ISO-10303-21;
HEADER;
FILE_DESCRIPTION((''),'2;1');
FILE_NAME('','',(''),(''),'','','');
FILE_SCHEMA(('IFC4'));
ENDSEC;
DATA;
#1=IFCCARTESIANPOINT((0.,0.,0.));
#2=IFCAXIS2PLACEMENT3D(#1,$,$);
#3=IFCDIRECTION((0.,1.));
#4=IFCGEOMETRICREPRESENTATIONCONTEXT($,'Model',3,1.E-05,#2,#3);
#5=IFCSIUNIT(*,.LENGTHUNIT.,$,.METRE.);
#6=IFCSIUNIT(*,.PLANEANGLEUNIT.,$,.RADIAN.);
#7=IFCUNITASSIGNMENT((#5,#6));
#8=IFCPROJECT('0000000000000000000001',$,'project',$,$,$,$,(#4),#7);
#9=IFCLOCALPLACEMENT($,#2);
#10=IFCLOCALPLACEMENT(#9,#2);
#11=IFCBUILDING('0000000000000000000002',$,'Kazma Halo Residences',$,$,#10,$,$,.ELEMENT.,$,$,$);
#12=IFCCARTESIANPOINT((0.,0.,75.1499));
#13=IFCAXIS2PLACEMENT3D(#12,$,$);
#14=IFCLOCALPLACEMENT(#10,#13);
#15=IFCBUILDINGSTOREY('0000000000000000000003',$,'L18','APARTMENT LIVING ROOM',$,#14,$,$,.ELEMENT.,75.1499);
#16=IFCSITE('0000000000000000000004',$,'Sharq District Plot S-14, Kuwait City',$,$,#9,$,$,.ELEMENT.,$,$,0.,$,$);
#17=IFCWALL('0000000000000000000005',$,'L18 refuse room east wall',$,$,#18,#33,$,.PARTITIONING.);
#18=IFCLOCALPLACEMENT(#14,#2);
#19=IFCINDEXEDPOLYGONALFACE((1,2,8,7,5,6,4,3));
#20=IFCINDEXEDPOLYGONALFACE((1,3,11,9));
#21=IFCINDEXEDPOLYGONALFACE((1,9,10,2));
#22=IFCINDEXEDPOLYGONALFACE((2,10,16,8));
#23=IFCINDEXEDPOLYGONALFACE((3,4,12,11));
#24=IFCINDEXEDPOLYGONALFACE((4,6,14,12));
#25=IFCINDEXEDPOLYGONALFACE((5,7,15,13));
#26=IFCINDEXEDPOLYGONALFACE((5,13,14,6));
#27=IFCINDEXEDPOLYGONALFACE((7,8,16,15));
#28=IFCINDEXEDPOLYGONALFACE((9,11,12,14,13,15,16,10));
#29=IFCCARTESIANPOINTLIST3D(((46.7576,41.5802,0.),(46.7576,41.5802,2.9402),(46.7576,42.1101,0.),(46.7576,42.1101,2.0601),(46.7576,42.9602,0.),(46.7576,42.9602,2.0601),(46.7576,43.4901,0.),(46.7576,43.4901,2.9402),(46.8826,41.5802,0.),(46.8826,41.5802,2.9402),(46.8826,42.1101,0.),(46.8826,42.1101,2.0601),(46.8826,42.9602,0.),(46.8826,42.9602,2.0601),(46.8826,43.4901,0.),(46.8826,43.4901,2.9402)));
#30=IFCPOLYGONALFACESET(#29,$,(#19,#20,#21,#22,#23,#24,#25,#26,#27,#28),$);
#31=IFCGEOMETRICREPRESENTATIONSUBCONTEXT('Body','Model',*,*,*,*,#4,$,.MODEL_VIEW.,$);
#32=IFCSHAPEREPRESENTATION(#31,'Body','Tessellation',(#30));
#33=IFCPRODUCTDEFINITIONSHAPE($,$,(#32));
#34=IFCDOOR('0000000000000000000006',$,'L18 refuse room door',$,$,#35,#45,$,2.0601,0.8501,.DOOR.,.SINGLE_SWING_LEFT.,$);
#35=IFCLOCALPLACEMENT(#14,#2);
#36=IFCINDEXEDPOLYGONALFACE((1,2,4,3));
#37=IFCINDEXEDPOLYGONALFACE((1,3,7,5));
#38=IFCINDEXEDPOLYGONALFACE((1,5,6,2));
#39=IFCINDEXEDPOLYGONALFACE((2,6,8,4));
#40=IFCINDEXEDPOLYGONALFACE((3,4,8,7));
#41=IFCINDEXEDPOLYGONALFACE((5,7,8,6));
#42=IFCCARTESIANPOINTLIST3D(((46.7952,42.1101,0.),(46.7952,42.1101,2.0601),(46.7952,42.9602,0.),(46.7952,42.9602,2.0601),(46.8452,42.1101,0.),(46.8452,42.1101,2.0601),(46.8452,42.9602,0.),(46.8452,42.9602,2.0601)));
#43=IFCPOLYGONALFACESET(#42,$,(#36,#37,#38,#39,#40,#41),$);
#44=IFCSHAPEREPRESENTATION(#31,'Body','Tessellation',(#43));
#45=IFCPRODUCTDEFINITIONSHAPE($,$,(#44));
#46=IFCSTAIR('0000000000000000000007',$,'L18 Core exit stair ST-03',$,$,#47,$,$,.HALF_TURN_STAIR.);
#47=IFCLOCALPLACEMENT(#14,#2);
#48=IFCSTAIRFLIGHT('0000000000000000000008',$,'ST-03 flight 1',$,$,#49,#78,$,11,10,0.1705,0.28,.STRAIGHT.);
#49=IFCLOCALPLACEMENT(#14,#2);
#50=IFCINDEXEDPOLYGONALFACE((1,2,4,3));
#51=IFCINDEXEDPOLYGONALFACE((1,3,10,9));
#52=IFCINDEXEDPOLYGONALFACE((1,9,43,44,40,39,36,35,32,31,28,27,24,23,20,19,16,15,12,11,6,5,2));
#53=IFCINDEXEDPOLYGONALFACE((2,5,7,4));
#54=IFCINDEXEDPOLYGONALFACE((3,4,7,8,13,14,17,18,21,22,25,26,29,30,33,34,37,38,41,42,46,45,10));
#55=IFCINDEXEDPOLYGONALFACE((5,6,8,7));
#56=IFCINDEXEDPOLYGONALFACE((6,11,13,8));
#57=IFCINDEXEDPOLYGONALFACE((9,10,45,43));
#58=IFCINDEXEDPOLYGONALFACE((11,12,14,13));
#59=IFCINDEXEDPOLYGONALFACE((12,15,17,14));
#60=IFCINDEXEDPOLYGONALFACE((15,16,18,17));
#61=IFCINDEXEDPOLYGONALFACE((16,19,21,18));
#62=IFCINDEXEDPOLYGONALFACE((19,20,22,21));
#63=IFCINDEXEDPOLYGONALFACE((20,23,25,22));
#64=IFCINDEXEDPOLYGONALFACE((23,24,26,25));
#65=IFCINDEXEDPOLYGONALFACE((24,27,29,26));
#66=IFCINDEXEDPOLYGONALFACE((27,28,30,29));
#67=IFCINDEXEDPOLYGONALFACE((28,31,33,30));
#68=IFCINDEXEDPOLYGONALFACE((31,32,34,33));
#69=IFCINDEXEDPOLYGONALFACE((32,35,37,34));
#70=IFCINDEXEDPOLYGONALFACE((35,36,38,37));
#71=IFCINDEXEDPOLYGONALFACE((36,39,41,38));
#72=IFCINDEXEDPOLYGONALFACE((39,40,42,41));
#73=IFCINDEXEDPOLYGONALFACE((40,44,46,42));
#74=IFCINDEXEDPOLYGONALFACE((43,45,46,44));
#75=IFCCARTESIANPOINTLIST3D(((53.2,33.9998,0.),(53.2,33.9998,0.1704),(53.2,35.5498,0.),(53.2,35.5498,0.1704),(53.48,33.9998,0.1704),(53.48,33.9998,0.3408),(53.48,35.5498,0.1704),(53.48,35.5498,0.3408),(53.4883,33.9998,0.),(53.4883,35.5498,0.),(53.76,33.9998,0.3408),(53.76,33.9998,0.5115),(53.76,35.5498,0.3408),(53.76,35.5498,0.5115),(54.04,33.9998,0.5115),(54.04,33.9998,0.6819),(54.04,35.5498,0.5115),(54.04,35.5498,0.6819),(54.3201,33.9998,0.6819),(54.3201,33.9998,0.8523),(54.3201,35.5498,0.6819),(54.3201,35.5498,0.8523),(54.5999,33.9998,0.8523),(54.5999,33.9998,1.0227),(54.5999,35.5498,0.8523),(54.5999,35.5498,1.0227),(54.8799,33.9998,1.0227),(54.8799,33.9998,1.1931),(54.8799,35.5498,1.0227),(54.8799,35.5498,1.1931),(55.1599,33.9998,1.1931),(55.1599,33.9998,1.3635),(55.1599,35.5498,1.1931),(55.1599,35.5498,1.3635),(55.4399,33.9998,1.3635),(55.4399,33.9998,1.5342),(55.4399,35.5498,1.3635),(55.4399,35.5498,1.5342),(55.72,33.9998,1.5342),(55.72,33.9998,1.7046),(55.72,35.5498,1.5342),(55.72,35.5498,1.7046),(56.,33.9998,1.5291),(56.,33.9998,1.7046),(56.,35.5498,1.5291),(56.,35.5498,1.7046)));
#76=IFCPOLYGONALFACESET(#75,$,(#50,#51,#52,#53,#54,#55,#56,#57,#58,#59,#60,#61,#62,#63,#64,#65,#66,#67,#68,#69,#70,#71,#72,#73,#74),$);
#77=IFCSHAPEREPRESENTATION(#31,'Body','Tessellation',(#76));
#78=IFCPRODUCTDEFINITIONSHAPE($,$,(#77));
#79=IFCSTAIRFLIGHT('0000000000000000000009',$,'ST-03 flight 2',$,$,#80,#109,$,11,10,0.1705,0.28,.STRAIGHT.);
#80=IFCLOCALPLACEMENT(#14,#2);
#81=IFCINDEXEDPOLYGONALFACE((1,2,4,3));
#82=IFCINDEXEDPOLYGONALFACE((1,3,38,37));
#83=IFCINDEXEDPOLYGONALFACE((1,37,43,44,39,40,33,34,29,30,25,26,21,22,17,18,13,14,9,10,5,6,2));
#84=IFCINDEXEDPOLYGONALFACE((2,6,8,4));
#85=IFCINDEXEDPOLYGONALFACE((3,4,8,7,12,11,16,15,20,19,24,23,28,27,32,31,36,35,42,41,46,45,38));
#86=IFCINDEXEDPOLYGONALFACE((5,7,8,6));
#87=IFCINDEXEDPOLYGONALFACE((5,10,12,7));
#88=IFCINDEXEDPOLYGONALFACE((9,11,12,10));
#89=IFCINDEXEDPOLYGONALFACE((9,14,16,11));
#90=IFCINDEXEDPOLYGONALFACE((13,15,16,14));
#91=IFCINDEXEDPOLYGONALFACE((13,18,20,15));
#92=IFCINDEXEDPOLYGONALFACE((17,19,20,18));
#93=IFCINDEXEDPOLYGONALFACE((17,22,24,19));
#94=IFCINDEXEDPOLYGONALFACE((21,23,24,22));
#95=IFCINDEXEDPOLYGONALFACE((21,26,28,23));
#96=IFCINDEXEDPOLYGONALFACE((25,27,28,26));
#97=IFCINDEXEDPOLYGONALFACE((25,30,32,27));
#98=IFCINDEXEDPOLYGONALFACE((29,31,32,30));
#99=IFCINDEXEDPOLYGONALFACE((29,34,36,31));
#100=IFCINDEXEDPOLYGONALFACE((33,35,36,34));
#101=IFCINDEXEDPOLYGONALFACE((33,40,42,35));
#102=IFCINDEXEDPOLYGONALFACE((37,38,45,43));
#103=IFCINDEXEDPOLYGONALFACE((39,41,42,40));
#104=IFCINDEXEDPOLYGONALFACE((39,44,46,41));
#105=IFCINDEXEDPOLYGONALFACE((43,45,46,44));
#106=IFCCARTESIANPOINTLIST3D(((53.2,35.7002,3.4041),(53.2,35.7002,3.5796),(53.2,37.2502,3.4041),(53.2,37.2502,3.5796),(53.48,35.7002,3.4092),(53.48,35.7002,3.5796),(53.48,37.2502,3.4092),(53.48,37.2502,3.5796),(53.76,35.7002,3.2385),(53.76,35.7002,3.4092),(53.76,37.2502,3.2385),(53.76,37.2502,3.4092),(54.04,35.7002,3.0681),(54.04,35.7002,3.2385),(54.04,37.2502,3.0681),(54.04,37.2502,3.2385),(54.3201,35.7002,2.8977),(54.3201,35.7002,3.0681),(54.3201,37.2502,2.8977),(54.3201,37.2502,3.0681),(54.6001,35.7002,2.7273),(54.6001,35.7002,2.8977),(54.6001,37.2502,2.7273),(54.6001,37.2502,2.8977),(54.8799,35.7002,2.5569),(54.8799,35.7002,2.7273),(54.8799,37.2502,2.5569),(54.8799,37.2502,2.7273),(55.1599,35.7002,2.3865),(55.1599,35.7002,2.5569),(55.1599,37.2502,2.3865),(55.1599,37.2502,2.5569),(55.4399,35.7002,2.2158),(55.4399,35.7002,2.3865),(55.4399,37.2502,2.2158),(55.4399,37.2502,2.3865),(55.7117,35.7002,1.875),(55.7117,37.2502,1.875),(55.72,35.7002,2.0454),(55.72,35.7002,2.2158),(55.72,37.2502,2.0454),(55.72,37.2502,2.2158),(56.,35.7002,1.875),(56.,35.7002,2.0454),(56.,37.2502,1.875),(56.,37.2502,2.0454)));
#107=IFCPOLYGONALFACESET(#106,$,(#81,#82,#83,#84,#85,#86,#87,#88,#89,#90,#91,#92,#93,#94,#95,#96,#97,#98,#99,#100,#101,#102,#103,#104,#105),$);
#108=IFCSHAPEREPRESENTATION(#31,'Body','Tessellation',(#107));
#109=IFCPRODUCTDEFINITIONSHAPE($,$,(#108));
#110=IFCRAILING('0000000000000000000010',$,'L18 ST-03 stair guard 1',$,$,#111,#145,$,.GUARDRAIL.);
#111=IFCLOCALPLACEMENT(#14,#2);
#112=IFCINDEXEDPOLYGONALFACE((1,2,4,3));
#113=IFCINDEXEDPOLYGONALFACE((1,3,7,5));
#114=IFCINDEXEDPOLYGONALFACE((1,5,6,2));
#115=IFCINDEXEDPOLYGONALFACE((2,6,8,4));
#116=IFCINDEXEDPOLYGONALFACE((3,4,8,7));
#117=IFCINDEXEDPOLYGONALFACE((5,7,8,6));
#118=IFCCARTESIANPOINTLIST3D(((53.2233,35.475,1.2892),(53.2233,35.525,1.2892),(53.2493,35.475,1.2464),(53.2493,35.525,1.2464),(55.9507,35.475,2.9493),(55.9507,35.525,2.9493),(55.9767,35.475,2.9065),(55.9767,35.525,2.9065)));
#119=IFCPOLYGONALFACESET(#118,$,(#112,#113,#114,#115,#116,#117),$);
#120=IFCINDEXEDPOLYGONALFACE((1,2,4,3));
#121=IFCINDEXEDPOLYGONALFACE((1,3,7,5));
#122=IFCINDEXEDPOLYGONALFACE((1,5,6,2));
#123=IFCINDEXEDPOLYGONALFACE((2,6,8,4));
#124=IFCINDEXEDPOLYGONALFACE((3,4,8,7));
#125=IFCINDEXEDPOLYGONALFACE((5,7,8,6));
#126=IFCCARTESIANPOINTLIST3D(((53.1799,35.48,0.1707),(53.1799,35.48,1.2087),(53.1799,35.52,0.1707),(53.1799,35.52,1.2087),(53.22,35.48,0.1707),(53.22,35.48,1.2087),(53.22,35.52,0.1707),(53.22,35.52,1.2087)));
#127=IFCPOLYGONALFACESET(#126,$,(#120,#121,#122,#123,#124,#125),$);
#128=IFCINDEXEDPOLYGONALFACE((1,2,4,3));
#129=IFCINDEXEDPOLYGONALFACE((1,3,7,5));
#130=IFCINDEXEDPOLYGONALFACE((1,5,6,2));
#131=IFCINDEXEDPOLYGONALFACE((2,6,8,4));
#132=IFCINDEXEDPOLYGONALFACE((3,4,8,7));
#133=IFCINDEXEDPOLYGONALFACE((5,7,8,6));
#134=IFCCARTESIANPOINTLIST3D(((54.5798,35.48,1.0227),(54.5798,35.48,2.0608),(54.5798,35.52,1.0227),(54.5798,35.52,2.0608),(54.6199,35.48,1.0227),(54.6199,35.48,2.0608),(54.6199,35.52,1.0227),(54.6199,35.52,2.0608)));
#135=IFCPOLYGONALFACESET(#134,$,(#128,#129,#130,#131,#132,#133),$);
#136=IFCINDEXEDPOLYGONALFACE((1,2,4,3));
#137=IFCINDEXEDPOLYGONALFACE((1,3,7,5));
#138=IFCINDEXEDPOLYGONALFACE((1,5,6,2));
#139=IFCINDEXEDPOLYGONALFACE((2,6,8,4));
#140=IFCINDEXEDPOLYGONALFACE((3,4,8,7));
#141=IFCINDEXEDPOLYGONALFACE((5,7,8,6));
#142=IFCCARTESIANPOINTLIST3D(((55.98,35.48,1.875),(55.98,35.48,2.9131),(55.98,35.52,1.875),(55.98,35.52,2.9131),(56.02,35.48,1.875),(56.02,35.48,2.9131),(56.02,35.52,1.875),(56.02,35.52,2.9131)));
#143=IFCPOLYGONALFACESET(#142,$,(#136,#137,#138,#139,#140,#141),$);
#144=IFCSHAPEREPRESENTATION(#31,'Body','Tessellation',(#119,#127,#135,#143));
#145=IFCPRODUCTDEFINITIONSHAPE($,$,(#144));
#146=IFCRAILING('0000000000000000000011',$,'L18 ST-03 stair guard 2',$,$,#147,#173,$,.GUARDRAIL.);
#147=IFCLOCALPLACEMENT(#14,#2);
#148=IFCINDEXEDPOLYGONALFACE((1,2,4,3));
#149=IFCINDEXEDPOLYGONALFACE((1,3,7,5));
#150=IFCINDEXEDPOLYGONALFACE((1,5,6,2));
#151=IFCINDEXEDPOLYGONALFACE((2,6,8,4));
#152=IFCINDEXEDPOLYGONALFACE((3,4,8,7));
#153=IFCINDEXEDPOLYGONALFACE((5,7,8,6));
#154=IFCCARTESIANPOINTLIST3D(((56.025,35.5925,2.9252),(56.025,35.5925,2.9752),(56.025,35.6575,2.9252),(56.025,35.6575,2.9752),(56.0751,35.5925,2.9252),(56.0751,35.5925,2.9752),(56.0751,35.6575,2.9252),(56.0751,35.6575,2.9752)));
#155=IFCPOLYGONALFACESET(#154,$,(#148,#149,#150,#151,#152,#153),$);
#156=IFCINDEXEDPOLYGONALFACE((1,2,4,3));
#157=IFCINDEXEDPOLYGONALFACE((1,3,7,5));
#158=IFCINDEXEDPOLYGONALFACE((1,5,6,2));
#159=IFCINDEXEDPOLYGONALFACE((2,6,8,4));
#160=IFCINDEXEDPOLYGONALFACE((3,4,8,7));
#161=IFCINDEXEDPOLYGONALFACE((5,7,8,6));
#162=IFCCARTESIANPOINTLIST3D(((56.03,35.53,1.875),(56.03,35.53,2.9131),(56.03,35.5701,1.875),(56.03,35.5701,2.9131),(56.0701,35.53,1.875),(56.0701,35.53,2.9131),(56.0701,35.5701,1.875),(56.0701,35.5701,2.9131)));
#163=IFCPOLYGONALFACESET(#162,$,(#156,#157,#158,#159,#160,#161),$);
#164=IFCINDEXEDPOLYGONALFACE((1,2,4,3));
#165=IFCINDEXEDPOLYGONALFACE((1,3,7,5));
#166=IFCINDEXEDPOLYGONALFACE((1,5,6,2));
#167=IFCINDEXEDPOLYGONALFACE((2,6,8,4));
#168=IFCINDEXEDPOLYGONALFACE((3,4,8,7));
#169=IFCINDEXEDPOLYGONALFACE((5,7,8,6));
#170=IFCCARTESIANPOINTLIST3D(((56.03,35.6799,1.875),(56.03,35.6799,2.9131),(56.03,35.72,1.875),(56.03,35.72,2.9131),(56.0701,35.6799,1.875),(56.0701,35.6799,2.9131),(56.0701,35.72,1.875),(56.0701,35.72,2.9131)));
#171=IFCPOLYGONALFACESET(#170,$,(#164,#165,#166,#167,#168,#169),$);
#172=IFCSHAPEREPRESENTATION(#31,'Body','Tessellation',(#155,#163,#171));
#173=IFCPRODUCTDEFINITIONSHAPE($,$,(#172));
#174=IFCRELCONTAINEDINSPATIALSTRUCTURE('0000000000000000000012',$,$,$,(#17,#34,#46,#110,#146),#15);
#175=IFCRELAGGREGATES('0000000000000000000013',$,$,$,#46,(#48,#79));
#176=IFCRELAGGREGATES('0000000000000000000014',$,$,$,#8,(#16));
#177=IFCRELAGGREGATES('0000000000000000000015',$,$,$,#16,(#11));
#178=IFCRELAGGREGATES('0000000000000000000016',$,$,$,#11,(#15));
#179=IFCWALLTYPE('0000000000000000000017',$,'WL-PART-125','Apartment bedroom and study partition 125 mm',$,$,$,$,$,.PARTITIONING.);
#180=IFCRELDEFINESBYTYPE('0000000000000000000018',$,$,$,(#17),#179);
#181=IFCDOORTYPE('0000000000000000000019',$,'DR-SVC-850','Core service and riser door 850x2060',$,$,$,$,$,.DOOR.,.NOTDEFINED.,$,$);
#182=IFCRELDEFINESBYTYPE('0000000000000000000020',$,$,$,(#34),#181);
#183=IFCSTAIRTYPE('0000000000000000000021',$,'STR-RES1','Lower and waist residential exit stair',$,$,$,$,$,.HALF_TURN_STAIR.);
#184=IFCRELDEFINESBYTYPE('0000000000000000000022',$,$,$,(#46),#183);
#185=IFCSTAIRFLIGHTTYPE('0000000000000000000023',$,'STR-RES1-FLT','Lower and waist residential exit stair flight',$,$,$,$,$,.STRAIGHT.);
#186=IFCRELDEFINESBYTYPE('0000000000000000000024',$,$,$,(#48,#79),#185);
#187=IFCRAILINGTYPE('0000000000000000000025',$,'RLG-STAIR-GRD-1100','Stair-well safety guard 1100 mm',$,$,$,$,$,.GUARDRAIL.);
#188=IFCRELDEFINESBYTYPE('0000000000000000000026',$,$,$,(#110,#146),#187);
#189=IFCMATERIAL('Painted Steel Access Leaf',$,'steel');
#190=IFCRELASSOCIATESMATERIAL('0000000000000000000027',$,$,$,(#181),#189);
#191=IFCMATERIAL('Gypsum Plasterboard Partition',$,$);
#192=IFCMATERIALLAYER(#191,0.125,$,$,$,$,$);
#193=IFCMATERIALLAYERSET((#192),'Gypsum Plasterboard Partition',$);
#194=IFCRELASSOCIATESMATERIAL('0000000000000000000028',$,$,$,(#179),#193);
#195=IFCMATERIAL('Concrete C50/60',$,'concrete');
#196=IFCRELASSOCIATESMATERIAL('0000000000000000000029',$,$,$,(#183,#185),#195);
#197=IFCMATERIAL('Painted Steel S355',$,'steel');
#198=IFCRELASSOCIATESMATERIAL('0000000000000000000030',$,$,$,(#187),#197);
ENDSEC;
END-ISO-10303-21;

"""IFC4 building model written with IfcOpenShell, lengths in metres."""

from ifc_helpers import new_model, si_unit, direction, frame, frame_2d, origin, origin_2d, place, context, subcontext, project, spatial, polyline, rectangle, outline, extrude, material, layer, layer_set, type_object, element, fill, aggregate, save


model = new_model("IFC4")

# Units and contexts
model_context = context("Model", 3, precision=1e-05, world=origin(), true_north=direction((0.0, 1.0)))
body_context = subcontext(model_context, "Body", "Model", "MODEL_VIEW")
ifc_project = project(units=[si_unit("LENGTHUNIT", "METRE"), si_unit("PLANEANGLEUNIT", "RADIAN")], contexts=[model_context])

# Site, building, storey
site_placement = place(None, origin())
site = spatial("IfcSite", under=ifc_project, at=site_placement, Name="Sharq District Plot S-14, Kuwait City", CompositionType="ELEMENT", RefElevation=0.0)
building_placement = place(site_placement, origin())
building = spatial("IfcBuilding", under=site, at=building_placement, Name="Kazma Halo Residences", CompositionType="ELEMENT")
storey_placement = place(building_placement, frame((0.0, 0.0, 75.1499)))
storey = spatial("IfcBuildingStorey", under=building, at=storey_placement, Name="L18", Description="APARTMENT LIVING ROOM", CompositionType="ELEMENT", Elevation=75.1499)

# Shared definitions
ifc_material_1 = material(Name="Painted Steel Access Leaf", Category="steel")
door_type_1 = type_object("IfcDoorType", Name="DR-SVC-850", Description="Core service and riser door 850x2060", OperationType="NOTDEFINED", PredefinedType="DOOR", material=ifc_material_1)

# Shared definitions
ifc_material_2 = material(Name="Gypsum Plasterboard Partition")
ifc_layer_1 = layer(ifc_material_2, 0.125)
ifc_layer_set_1 = layer_set([ifc_layer_1], Name="Gypsum Plasterboard Partition")
wall_type_1 = type_object("IfcWallType", Name="WL-PART-125", Description="Apartment bedroom and study partition 125 mm", PredefinedType="PARTITIONING", material=ifc_layer_set_1)

# Wall, opening, door
wall_1_placement = place(storey_placement, frame((46.8201, 41.5801, 0.0), z_axis=(0.0, 0.0, 1.0), x_axis=(0.0, 1.0, 0.0)))
wall_1 = element("IfcWall", 1, at=wall_1_placement, inside=storey, type_object=wall_type_1, Name="L18 refuse room east wall", PredefinedType="PARTITIONING", context=body_context, shape_type="SweptSolid", body=[
    extrude(rectangle(XDim=1.9099, YDim=0.125, at=frame_2d((0.9551, 0.0))), origin(), (0.0, 0.0, 1.0), 2.9402),
])
opening_1_placement = place(wall_1_placement, frame((0.53, 0.0, 0.0)))
opening_1 = element("IfcOpeningElement", 2, at=opening_1_placement, cuts=wall_1, PredefinedType="OPENING", context=body_context, shape_type="SweptSolid", body=[
    extrude(rectangle(XDim=0.8501, YDim=2.0601, at=frame_2d((0.425, 1.03))), frame((0.0, 0.0725, 0.0), z_axis=(0.0, -1.0, 0.0), x_axis=(1.0, 0.0, 0.0)), (0.0, 0.0, 1.0), 0.145),
])
door_1_placement = place(opening_1_placement, origin())
door_1 = element("IfcDoor", 3, at=door_1_placement, inside=storey, type_object=door_type_1, Name="L18 refuse room door", OperationType="SINGLE_SWING_LEFT", OverallHeight=2.0601, OverallWidth=0.8501, PredefinedType="DOOR", context=body_context, shape_type="SweptSolid", body=[
    extrude(rectangle(XDim=0.8501, YDim=2.0601, at=frame_2d((0.425, 1.03))), frame((0.0, 0.0249, 0.0), z_axis=(0.0, -1.0, 0.0), x_axis=(1.0, 0.0, 0.0)), (0.0, 0.0, 1.0), 0.05),
])
fill(opening_1, door_1)
ifc_material_3 = material(Name="Concrete C50/60", Category="concrete")

# Stair, stair flights
stair_type = type_object("IfcStairType", Name="STR-RES1", Description="Lower and waist residential exit stair", PredefinedType="HALF_TURN_STAIR", material=ifc_material_3)
stair_placement = place(storey_placement, origin())
stair = element("IfcStair", 4, at=stair_placement, inside=storey, type_object=stair_type, Name="L18 Core exit stair ST-03", PredefinedType="HALF_TURN_STAIR")
stair_flight_type = type_object("IfcStairFlightType", Name="STR-RES1-FLT", Description="Lower and waist residential exit stair flight", PredefinedType="STRAIGHT", material=ifc_material_3)
stair_flight_1_placement = place(storey_placement, frame((53.2, 34.7749, 0.0), z_axis=(0.0, 0.0, 1.0), x_axis=(1.0, 0.0, 0.0)))
stair_flight_1 = element("IfcStairFlight", 5, at=stair_flight_1_placement, type_object=stair_flight_type, Name="ST-03 flight 1", NumberOfRisers=11, NumberOfTreads=10, PredefinedType="STRAIGHT", RiserHeight=0.1705, TreadLength=0.28, context=body_context, shape_type="SweptSolid", body=[
    extrude(outline(polyline([(0.0, 0.0), (0.0, 0.1704), (0.28, 0.1704), (0.28, 0.3408), (0.5601, 0.3408), (0.5601, 0.5115), (0.8401, 0.5115), (0.8401, 0.6819), (1.1201, 0.6819), (1.1201, 0.8523), (1.3999, 0.8523), (1.3999, 1.0227), (1.6799, 1.0227), (1.6799, 1.1931), (1.96, 1.1931), (1.96, 1.3635), (2.24, 1.3635), (2.24, 1.5342), (2.52, 1.5342), (2.52, 1.7046), (2.8, 1.7046), (2.8, 1.875), (2.8, 1.5291), (0.2883, 0.0), (0.0, 0.0)])), frame((0.0, 0.7749, 0.0), z_axis=(0.0, -1.0, 0.0), x_axis=(1.0, 0.0, 0.0)), (0.0, 0.0, 1.0), 1.55),
])
stair_flight_2_placement = place(storey_placement, frame((56.0, 36.4751, 1.875), z_axis=(0.0, 0.0, 1.0), x_axis=(-1.0, 0.0, 0.0)))
stair_flight_2 = element("IfcStairFlight", 6, at=stair_flight_2_placement, type_object=stair_flight_type, Name="ST-03 flight 2", NumberOfRisers=11, NumberOfTreads=10, PredefinedType="STRAIGHT", RiserHeight=0.1705, TreadLength=0.28, context=body_context, shape_type="SweptSolid", body=[
    extrude(outline(polyline([(0.0, 0.0), (0.0, 0.1704), (0.28, 0.1704), (0.28, 0.3408), (0.5601, 0.3408), (0.5601, 0.5115), (0.8401, 0.5115), (0.8401, 0.6819), (1.1201, 0.6819), (1.1201, 0.8523), (1.3999, 0.8523), (1.3999, 1.0227), (1.6799, 1.0227), (1.6799, 1.1931), (1.96, 1.1931), (1.96, 1.3635), (2.24, 1.3635), (2.24, 1.5342), (2.52, 1.5342), (2.52, 1.7046), (2.8, 1.7046), (2.8, 1.875), (2.8, 1.5291), (0.2883, 0.0), (0.0, 0.0)])), frame((0.0, 0.7749, 0.0), z_axis=(0.0, -1.0, 0.0), x_axis=(1.0, 0.0, 0.0)), (0.0, 0.0, 1.0), 1.55),
])
aggregate(stair, [stair_flight_1, stair_flight_2])

# Railings
ifc_material_4 = material(Name="Painted Steel S355", Category="steel")
railing_type_1 = type_object("IfcRailingType", Name="RLG-STAIR-GRD-1100", Description="Stair-well safety guard 1100 mm", PredefinedType="GUARDRAIL", material=ifc_material_4)
railing_1_placement = place(storey_placement, frame((53.2, 35.5, 0.1707)))
element("IfcRailing", 7, at=railing_1_placement, inside=storey, type_object=railing_type_1, Name="L18 ST-03 stair guard 1", PredefinedType="GUARDRAIL", context=body_context, shape_type="SweptSolid", body=[
    extrude(rectangle(XDim=0.05, YDim=0.05, at=origin_2d()), frame((0.0364, 0.0, 1.0972), z_axis=(0.854203, 0.0, 0.51994), x_axis=(0.0, 1.0, 0.0)), (0.0, 0.0, 1.0), 3.1929),
    extrude(rectangle(XDim=0.04, YDim=0.04, at=origin_2d()), origin(), (0.0, 0.0, 1.0), 1.0381),
    extrude(rectangle(XDim=0.04, YDim=0.04, at=origin_2d()), frame((1.3999, 0.0, 0.8521)), (0.0, 0.0, 1.0), 1.0381),
    extrude(rectangle(XDim=0.04, YDim=0.04, at=origin_2d()), frame((2.8, 0.0, 1.7043)), (0.0, 0.0, 1.0), 1.0381),
])
railing_2_placement = place(storey_placement, frame((56.05, 35.55, 1.875)))
element("IfcRailing", 8, at=railing_2_placement, inside=storey, type_object=railing_type_1, Name="L18 ST-03 stair guard 2", PredefinedType="GUARDRAIL", context=body_context, shape_type="SweptSolid", body=[
    extrude(rectangle(XDim=0.05, YDim=0.05, at=origin_2d()), frame((0.0, 0.0425, 1.0752), z_axis=(0.0, 1.0, 0.0), x_axis=(-1.0, 0.0, 0.0)), (0.0, 0.0, 1.0), 0.0649),
    extrude(rectangle(XDim=0.04, YDim=0.04, at=origin_2d()), origin(), (0.0, 0.0, 1.0), 1.0381),
    extrude(rectangle(XDim=0.04, YDim=0.04, at=origin_2d()), frame((0.0, 0.1499, 0.0)), (0.0, 0.0, 1.0), 1.0381),
])

save(model, "model.ifc")
